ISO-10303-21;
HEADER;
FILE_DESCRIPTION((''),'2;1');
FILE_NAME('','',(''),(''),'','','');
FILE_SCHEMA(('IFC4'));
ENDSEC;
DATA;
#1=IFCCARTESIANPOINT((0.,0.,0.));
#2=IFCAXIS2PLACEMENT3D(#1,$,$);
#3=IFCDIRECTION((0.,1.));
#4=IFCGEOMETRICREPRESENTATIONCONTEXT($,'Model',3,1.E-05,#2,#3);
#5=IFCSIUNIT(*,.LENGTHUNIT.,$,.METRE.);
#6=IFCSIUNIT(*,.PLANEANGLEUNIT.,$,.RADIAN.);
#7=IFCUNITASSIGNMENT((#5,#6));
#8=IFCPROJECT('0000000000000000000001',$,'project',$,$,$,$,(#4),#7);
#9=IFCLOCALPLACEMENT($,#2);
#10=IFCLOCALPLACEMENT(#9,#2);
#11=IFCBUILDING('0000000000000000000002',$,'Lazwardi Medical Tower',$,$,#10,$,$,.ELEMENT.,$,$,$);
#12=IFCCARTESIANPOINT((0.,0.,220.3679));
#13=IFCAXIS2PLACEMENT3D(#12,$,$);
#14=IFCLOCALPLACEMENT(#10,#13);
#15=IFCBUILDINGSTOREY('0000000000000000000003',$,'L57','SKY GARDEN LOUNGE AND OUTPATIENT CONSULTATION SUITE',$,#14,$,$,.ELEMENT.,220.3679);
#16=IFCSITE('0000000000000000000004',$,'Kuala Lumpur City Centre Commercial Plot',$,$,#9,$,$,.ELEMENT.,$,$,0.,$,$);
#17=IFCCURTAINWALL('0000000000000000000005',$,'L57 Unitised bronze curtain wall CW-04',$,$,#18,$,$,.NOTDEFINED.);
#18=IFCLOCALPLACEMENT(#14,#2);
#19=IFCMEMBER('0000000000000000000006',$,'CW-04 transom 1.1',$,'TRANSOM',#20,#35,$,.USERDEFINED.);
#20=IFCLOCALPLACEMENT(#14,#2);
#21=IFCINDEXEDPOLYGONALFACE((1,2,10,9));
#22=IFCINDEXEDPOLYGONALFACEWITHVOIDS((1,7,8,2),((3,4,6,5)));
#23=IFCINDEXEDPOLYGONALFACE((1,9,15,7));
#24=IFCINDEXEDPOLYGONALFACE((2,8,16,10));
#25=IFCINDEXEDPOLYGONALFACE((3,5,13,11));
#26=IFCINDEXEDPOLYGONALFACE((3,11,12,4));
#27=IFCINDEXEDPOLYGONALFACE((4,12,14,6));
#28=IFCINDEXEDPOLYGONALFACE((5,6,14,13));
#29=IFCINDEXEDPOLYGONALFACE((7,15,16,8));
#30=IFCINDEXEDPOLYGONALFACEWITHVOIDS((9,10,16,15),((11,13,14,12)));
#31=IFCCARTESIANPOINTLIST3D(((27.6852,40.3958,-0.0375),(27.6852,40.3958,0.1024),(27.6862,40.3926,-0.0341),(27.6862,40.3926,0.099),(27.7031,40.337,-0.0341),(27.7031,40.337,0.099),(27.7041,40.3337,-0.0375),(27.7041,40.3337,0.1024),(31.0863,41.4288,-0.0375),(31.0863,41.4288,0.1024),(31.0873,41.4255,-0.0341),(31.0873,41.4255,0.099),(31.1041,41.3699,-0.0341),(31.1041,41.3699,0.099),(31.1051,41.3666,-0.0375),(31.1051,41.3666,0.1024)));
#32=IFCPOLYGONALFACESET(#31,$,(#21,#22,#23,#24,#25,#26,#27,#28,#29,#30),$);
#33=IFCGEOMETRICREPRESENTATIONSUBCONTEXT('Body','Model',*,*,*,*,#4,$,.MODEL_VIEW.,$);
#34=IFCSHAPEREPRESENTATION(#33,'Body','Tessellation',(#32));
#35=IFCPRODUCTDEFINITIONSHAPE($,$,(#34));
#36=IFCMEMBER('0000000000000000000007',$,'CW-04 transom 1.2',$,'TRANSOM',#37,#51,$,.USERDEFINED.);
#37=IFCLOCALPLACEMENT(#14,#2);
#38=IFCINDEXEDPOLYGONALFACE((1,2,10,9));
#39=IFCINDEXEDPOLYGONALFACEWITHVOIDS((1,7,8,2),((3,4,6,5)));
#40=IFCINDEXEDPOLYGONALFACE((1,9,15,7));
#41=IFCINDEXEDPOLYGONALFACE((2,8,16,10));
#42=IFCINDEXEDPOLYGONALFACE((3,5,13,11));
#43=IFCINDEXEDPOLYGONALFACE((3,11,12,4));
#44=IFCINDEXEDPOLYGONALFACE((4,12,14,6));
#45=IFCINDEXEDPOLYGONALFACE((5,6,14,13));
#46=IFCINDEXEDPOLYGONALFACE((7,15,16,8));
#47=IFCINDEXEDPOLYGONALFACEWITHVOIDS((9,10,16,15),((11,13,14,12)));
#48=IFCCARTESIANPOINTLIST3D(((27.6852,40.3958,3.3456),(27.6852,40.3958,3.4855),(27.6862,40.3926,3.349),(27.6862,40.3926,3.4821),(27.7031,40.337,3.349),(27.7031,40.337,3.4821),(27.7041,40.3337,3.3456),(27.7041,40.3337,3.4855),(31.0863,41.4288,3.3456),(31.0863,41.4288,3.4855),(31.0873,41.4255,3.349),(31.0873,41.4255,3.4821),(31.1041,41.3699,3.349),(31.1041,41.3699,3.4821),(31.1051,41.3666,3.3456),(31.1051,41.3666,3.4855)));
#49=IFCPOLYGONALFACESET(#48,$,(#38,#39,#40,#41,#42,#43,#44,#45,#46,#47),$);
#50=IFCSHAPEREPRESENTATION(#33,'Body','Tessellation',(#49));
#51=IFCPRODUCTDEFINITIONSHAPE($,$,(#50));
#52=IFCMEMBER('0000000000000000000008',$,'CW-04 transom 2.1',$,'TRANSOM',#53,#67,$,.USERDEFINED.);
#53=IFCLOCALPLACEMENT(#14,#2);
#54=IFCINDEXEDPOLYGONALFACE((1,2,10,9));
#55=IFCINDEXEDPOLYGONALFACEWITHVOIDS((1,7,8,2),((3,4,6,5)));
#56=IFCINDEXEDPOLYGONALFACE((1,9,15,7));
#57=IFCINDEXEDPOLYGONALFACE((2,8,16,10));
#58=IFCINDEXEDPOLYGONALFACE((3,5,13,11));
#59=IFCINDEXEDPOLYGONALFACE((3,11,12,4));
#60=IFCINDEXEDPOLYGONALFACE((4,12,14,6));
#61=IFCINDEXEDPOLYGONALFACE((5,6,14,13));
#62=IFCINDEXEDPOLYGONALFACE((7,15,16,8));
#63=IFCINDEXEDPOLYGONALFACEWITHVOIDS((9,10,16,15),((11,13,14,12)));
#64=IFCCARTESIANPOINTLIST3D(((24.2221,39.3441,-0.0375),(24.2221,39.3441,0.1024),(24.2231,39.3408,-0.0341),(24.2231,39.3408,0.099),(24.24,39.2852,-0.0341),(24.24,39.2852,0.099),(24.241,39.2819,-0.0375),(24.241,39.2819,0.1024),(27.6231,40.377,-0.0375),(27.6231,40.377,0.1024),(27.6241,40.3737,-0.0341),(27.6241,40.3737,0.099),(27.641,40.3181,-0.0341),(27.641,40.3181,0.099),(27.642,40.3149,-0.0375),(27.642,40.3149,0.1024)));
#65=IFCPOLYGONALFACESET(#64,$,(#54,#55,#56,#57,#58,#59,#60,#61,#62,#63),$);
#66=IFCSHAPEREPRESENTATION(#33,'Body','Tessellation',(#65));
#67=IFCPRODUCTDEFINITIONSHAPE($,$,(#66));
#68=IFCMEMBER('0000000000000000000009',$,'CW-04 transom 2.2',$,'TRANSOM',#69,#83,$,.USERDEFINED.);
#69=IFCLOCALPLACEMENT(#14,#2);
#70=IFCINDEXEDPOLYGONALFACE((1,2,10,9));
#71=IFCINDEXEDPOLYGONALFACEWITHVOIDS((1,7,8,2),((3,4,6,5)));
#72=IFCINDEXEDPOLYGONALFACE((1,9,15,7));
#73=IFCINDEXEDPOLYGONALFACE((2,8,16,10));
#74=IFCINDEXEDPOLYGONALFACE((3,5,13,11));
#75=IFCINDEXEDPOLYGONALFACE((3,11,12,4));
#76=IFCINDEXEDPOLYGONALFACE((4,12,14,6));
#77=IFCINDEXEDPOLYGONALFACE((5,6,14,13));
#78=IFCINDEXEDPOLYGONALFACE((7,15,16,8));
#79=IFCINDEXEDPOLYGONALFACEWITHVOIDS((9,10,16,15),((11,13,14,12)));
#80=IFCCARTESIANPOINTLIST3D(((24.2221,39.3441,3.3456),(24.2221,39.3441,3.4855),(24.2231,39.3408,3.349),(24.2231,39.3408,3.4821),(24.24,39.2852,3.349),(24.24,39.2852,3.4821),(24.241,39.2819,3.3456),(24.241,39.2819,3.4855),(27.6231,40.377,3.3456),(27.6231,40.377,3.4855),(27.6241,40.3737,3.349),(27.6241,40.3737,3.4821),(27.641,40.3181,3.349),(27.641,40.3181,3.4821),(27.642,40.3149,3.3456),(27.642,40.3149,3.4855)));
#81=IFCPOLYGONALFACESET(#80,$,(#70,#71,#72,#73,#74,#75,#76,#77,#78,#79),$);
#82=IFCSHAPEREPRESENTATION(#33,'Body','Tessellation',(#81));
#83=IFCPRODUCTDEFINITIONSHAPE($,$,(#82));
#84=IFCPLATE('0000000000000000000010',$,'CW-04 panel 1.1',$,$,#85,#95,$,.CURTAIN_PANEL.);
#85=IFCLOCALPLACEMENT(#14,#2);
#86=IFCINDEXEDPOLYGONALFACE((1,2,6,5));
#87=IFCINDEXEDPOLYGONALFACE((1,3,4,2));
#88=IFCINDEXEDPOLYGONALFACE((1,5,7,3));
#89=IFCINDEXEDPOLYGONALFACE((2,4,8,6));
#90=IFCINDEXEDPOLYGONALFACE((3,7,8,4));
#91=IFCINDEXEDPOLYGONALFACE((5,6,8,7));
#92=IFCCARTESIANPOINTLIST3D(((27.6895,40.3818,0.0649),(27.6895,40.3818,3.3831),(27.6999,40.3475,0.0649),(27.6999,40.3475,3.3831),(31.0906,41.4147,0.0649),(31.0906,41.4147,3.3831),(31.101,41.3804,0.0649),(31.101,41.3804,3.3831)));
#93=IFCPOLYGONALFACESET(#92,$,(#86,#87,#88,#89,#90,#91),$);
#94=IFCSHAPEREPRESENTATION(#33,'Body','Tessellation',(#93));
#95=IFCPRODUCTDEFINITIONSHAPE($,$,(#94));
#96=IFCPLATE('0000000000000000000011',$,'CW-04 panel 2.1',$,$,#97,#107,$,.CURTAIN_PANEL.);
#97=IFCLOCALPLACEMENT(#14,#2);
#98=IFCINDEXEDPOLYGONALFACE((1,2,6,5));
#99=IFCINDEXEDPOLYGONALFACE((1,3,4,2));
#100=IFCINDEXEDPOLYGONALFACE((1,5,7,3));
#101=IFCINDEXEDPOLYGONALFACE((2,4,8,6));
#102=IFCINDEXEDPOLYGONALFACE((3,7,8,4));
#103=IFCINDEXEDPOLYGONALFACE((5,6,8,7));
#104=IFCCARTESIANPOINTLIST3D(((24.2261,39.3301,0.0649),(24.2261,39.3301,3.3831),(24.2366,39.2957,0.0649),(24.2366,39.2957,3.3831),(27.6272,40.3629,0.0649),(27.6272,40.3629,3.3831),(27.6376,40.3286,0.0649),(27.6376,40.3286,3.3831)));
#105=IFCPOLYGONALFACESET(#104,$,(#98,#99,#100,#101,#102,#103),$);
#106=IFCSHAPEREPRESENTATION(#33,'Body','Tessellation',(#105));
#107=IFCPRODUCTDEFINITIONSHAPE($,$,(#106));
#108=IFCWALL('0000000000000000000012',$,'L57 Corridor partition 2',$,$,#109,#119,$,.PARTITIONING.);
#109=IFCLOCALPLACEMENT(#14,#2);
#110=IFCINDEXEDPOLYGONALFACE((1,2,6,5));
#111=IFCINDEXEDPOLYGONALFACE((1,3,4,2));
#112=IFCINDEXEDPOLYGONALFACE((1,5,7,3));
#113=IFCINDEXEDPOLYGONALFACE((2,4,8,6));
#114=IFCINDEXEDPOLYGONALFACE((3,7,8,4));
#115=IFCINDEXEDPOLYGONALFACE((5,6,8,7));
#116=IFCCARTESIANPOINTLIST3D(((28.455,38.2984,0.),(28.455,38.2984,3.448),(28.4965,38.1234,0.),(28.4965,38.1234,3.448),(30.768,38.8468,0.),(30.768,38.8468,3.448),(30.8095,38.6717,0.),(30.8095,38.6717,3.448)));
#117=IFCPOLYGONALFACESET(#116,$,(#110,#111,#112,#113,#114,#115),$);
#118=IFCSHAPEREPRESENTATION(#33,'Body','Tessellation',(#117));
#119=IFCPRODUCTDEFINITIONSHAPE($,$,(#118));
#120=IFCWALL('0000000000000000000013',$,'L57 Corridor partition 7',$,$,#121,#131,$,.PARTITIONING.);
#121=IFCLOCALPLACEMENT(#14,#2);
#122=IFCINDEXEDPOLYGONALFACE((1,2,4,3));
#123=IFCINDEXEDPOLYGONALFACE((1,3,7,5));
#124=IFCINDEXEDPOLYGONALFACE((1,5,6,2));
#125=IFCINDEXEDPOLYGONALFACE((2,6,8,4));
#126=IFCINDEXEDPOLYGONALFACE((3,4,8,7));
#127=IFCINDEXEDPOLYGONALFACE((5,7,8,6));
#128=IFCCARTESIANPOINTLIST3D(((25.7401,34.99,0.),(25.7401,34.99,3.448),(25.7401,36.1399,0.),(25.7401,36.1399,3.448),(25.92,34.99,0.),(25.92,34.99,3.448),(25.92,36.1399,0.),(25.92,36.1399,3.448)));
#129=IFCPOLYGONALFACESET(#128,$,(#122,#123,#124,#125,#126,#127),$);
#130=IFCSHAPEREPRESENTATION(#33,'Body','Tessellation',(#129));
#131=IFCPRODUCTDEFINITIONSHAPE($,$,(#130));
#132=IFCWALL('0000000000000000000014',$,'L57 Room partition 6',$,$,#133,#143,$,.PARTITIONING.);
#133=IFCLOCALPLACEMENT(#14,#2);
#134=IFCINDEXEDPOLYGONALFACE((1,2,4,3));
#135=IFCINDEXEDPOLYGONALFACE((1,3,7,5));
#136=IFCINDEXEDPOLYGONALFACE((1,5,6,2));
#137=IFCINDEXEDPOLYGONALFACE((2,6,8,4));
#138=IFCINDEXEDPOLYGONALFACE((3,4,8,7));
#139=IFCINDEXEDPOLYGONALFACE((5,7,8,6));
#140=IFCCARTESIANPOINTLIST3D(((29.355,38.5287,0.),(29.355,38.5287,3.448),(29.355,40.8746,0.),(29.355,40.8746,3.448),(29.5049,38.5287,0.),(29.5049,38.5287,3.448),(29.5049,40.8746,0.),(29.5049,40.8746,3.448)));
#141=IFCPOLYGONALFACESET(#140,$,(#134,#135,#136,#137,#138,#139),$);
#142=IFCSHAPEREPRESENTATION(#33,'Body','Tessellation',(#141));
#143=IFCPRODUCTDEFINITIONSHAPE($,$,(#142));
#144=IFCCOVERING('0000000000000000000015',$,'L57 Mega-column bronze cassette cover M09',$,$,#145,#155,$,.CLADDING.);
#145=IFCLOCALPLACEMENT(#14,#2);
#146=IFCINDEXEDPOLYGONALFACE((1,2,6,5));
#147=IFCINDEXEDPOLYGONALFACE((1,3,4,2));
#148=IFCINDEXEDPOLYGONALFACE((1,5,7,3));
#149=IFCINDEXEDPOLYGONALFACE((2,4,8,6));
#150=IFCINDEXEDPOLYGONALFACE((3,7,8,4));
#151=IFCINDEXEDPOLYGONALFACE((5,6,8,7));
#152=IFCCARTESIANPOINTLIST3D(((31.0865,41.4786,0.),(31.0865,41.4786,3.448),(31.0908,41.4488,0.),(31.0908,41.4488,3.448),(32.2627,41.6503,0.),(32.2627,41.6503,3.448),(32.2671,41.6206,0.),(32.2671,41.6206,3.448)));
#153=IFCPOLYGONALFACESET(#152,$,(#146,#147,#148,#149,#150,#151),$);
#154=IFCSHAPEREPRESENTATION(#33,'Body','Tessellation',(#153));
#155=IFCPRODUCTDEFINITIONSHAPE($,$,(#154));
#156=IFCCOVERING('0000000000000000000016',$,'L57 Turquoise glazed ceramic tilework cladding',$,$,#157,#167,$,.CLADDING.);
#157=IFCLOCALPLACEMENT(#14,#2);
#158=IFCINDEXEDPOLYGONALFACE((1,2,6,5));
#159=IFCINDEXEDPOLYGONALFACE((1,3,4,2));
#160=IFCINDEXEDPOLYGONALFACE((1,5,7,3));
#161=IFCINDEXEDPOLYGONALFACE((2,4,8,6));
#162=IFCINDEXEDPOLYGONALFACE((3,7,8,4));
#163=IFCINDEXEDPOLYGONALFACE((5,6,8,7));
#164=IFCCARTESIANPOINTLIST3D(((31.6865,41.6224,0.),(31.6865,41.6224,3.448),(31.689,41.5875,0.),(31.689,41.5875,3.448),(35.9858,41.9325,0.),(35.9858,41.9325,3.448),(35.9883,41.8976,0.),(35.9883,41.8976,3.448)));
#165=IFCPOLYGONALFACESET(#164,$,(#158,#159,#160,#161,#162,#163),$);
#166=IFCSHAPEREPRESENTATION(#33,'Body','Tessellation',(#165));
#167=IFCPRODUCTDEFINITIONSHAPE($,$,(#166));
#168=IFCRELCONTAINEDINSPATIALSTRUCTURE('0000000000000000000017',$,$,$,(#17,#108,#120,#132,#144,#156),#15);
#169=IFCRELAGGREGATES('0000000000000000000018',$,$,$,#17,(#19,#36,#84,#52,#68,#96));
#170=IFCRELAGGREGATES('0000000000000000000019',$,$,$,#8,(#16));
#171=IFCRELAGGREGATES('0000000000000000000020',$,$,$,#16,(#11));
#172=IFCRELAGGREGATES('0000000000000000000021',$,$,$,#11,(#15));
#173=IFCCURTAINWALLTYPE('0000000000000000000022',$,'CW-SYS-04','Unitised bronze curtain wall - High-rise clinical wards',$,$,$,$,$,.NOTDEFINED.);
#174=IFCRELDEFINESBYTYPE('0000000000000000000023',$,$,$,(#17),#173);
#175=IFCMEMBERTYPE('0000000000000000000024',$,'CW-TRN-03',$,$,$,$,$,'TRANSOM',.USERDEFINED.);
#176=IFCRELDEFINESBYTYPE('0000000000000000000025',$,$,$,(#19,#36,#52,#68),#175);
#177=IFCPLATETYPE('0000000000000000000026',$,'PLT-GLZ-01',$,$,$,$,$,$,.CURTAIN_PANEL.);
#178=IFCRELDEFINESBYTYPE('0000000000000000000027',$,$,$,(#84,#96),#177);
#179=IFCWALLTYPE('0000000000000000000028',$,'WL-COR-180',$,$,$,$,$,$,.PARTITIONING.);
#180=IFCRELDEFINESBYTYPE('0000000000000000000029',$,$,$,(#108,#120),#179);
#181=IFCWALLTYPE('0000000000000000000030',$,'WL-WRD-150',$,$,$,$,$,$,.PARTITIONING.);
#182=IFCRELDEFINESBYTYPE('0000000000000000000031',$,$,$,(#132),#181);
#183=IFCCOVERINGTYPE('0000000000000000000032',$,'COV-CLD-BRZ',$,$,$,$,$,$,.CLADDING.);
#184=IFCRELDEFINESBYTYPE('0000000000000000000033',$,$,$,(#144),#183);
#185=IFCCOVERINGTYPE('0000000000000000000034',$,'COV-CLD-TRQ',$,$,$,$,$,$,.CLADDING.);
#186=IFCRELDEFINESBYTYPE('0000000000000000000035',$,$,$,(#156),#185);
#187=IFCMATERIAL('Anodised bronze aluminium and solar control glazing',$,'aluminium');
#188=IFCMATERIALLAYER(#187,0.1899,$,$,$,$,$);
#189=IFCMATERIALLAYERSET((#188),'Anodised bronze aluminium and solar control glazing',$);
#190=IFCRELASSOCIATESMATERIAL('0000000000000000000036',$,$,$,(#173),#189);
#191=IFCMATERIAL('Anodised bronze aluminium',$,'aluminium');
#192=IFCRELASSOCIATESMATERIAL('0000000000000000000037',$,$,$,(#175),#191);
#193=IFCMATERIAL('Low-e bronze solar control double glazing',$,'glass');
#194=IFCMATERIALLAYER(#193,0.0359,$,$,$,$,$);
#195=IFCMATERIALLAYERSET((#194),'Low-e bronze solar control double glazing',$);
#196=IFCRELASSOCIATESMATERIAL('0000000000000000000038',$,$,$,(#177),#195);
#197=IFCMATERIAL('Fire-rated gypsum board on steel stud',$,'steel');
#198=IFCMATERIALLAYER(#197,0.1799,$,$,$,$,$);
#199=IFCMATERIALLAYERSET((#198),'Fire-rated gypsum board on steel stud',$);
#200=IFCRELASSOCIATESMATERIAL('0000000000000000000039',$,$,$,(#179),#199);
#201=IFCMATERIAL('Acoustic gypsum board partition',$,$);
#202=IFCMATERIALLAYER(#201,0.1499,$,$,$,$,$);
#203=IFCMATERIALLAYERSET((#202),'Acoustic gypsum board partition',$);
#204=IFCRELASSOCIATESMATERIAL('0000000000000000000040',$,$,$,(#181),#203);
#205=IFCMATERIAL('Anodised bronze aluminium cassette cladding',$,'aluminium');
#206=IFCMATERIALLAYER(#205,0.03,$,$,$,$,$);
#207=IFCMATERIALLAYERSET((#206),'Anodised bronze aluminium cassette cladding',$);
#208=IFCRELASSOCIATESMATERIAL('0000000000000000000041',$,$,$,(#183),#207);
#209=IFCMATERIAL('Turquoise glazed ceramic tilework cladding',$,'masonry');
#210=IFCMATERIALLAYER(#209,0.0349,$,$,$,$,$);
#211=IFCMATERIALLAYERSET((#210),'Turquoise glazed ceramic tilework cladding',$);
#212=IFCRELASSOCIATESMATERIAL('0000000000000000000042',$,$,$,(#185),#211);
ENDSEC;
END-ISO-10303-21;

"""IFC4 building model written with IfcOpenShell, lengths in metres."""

from ifc_helpers import new_model, si_unit, direction, frame, frame_2d, origin, origin_2d, place, context, subcontext, project, spatial, rectangle, hollow_rectangle, extrude, material, layer, layer_set, material_profile, profile_set, type_object, element, aggregate, save


model = new_model("IFC4")

# Units and contexts
model_context = context("Model", 3, precision=1e-05, world=origin(), true_north=direction((0.0, 1.0)))
body_context = subcontext(model_context, "Body", "Model", "MODEL_VIEW")
ifc_project = project(units=[si_unit("LENGTHUNIT", "METRE"), si_unit("PLANEANGLEUNIT", "RADIAN")], contexts=[model_context])

# Site, building, storey
site_placement = place(None, origin())
site = spatial("IfcSite", under=ifc_project, at=site_placement, Name="Kuala Lumpur City Centre Commercial Plot", CompositionType="ELEMENT", RefElevation=0.0)
building_placement = place(site_placement, origin())
building = spatial("IfcBuilding", under=site, at=building_placement, Name="Lazwardi Medical Tower", CompositionType="ELEMENT")
storey_placement = place(building_placement, frame((0.0, 0.0, 220.3679)))
storey = spatial("IfcBuildingStorey", under=building, at=storey_placement, Name="L57", Description="SKY GARDEN LOUNGE AND OUTPATIENT CONSULTATION SUITE", CompositionType="ELEMENT", Elevation=220.3679)

# Curtain wall, members, plates
ifc_material_1 = material(Name="Anodised bronze aluminium and solar control glazing", Category="aluminium")
ifc_layer_1 = layer(ifc_material_1, 0.1899)
ifc_layer_set_1 = layer_set([ifc_layer_1], Name="Anodised bronze aluminium and solar control glazing")
curtain_wall_type = type_object("IfcCurtainWallType", Name="CW-SYS-04", Description="Unitised bronze curtain wall - High-rise clinical wards", PredefinedType="NOTDEFINED", material=ifc_layer_set_1)
curtain_wall_placement = place(storey_placement, origin())
curtain_wall = element("IfcCurtainWall", 1, at=curtain_wall_placement, inside=storey, type_object=curtain_wall_type, Name="L57 Unitised bronze curtain wall CW-04", PredefinedType="NOTDEFINED")
ifc_material_2 = material(Name="Anodised bronze aluminium", Category="aluminium")
ifc_material_profile_1 = material_profile(ifc_material_2, hollow_rectangle(XDim=0.0649, YDim=0.1399, WallThickness=0.0034, at=origin_2d()), Name="ALU-TRANSOM 140x65x3.5")
ifc_profile_set_1 = profile_set([ifc_material_profile_1], Name="Anodised bronze aluminium")
member_type_1 = type_object("IfcMemberType", Name="CW-TRN-03", ElementType="TRANSOM", PredefinedType="USERDEFINED", material=ifc_profile_set_1)
member_1_placement = place(storey_placement, frame((31.0957, 41.3977, 0.0325), z_axis=(-0.956843, -0.290604, 0.0), x_axis=(0.290604, -0.956843, 0.0)))
member_1 = element("IfcMember", 2, at=member_1_placement, type_object=member_type_1, Name="CW-04 transom 1.1", ObjectType="TRANSOM", PredefinedType="USERDEFINED", context=body_context, shape_type="SweptSolid", body=[
    extrude(hollow_rectangle(XDim=0.0649, YDim=0.1399, WallThickness=0.0034, at=origin_2d()), origin(), (0.0, 0.0, 1.0), 3.5544),
])
member_2_placement = place(storey_placement, frame((31.0957, 41.3977, 3.4155), z_axis=(-0.956843, -0.290604, 0.0), x_axis=(0.290604, -0.956843, 0.0)))
member_2 = element("IfcMember", 3, at=member_2_placement, type_object=member_type_1, Name="CW-04 transom 1.2", ObjectType="TRANSOM", PredefinedType="USERDEFINED", context=body_context, shape_type="SweptSolid", body=[
    extrude(hollow_rectangle(XDim=0.0649, YDim=0.1399, WallThickness=0.0034, at=origin_2d()), origin(), (0.0, 0.0, 1.0), 3.5544),
])
member_3_placement = place(storey_placement, frame((27.6326, 40.3459, 0.0325), z_axis=(-0.956843, -0.290604, 0.0), x_axis=(0.290604, -0.956843, 0.0)))
member_3 = element("IfcMember", 4, at=member_3_placement, type_object=member_type_1, Name="CW-04 transom 2.1", ObjectType="TRANSOM", PredefinedType="USERDEFINED", context=body_context, shape_type="SweptSolid", body=[
    extrude(hollow_rectangle(XDim=0.0649, YDim=0.1399, WallThickness=0.0034, at=origin_2d()), origin(), (0.0, 0.0, 1.0), 3.5544),
])
member_4_placement = place(storey_placement, frame((27.6326, 40.3459, 3.4155), z_axis=(-0.956843, -0.290604, 0.0), x_axis=(0.290604, -0.956843, 0.0)))
member_4 = element("IfcMember", 5, at=member_4_placement, type_object=member_type_1, Name="CW-04 transom 2.2", ObjectType="TRANSOM", PredefinedType="USERDEFINED", context=body_context, shape_type="SweptSolid", body=[
    extrude(hollow_rectangle(XDim=0.0649, YDim=0.1399, WallThickness=0.0034, at=origin_2d()), origin(), (0.0, 0.0, 1.0), 3.5544),
])
ifc_material_3 = material(Name="Low-e bronze solar control double glazing", Category="glass")
ifc_layer_2 = layer(ifc_material_3, 0.0359)
ifc_layer_set_2 = layer_set([ifc_layer_2], Name="Low-e bronze solar control double glazing")
plate_type = type_object("IfcPlateType", Name="PLT-GLZ-01", PredefinedType="CURTAIN_PANEL", material=ifc_layer_set_2)
plate_1_placement = place(storey_placement, frame((29.3953, 40.8811, 0.0649), z_axis=(0.0, 0.0, 1.0), x_axis=(-0.95685, -0.290582, 0.0)))
plate_1 = element("IfcPlate", 6, at=plate_1_placement, type_object=plate_type, Name="CW-04 panel 1.1", PredefinedType="CURTAIN_PANEL", context=body_context, shape_type="SweptSolid", body=[
    extrude(rectangle(XDim=3.5544, YDim=0.0359, at=origin_2d()), origin(), (0.0, 0.0, 1.0), 3.3181),
])
plate_2_placement = place(storey_placement, frame((25.9319, 39.8293, 0.0649), z_axis=(0.0, 0.0, 1.0), x_axis=(-0.95685, -0.290582, 0.0)))
plate_2 = element("IfcPlate", 7, at=plate_2_placement, type_object=plate_type, Name="CW-04 panel 2.1", PredefinedType="CURTAIN_PANEL", context=body_context, shape_type="SweptSolid", body=[
    extrude(rectangle(XDim=3.5544, YDim=0.0359, at=origin_2d()), origin(), (0.0, 0.0, 1.0), 3.3181),
])
aggregate(curtain_wall, [member_1, member_2, plate_1, member_3, member_4, plate_2])

# Wall
ifc_material_4 = material(Name="Fire-rated gypsum board on steel stud", Category="steel")
ifc_layer_3 = layer(ifc_material_4, 0.1799)
ifc_layer_set_3 = layer_set([ifc_layer_3], Name="Fire-rated gypsum board on steel stud")
wall_type_1 = type_object("IfcWallType", Name="WL-COR-180", PredefinedType="PARTITIONING", material=ifc_layer_set_3)
wall_1_placement = place(storey_placement, frame((28.4758, 38.2109, 0.0), z_axis=(0.0, 0.0, 1.0), x_axis=(0.973031, 0.230676, 0.0)))
element("IfcWall", 8, at=wall_1_placement, inside=storey, type_object=wall_type_1, Name="L57 Corridor partition 2", PredefinedType="PARTITIONING", context=body_context, shape_type="SweptSolid", body=[
    extrude(rectangle(XDim=2.3772, YDim=0.1799, at=frame_2d((1.1885, 0.0))), origin(), (0.0, 0.0, 1.0), 3.448),
])

# Walls
wall_2_placement = place(storey_placement, frame((25.8301, 36.1399, 0.0), z_axis=(0.0, 0.0, 1.0), x_axis=(0.0, -1.0, 0.0)))
element("IfcWall", 9, at=wall_2_placement, inside=storey, type_object=wall_type_1, Name="L57 Corridor partition 7", PredefinedType="PARTITIONING", context=body_context, shape_type="SweptSolid", body=[
    extrude(rectangle(XDim=1.1499, YDim=0.1799, at=frame_2d((0.575, 0.0))), origin(), (0.0, 0.0, 1.0), 3.448),
])
ifc_material_5 = material(Name="Acoustic gypsum board partition")
ifc_layer_4 = layer(ifc_material_5, 0.1499)
ifc_layer_set_4 = layer_set([ifc_layer_4], Name="Acoustic gypsum board partition")
wall_type_2 = type_object("IfcWallType", Name="WL-WRD-150", PredefinedType="PARTITIONING", material=ifc_layer_set_4)
wall_3_placement = place(storey_placement, frame((29.4299, 38.5288, 0.0), z_axis=(0.0, 0.0, 1.0), x_axis=(0.0, 1.0, 0.0)))
element("IfcWall", 10, at=wall_3_placement, inside=storey, type_object=wall_type_2, Name="L57 Room partition 6", PredefinedType="PARTITIONING", context=body_context, shape_type="SweptSolid", body=[
    extrude(rectangle(XDim=2.3459, YDim=0.1499, at=frame_2d((1.1729, 0.0))), origin(), (0.0, 0.0, 1.0), 3.448),
])

# Coverings
ifc_material_6 = material(Name="Anodised bronze aluminium cassette cladding", Category="aluminium")
ifc_layer_5 = layer(ifc_material_6, 0.03)
ifc_layer_set_5 = layer_set([ifc_layer_5], Name="Anodised bronze aluminium cassette cladding")
covering_type_1 = type_object("IfcCoveringType", Name="COV-CLD-BRZ", PredefinedType="CLADDING", material=ifc_layer_set_5)
covering_1_placement = place(storey_placement, frame((31.6768, 41.5496, 0.0), z_axis=(0.0, 0.0, 1.0), x_axis=(-0.989512, -0.144448, 0.0)))
element("IfcCovering", 11, at=covering_1_placement, inside=storey, type_object=covering_type_1, Name="L57 Mega-column bronze cassette cover M09", PredefinedType="CLADDING", context=body_context, shape_type="SweptSolid", body=[
    extrude(rectangle(XDim=1.1887, YDim=0.03, at=origin_2d()), origin(), (0.0, 0.0, 1.0), 3.448),
])
ifc_material_7 = material(Name="Turquoise glazed ceramic tilework cladding", Category="masonry")
ifc_layer_6 = layer(ifc_material_7, 0.0349)
ifc_layer_set_6 = layer_set([ifc_layer_6], Name="Turquoise glazed ceramic tilework cladding")
covering_type_2 = type_object("IfcCoveringType", Name="COV-CLD-TRQ", PredefinedType="CLADDING", material=ifc_layer_set_6)
covering_2_placement = place(storey_placement, frame((33.8374, 41.76, 0.0), z_axis=(0.0, 0.0, 1.0), x_axis=(-0.997409, -0.07194, 0.0)))
element("IfcCovering", 12, at=covering_2_placement, inside=storey, type_object=covering_type_2, Name="L57 Turquoise glazed ceramic tilework cladding", PredefinedType="CLADDING", context=body_context, shape_type="SweptSolid", body=[
    extrude(rectangle(XDim=4.3105, YDim=0.0349, at=origin_2d()), origin(), (0.0, 0.0, 1.0), 3.448),
])

save(model, "model.ifc")
